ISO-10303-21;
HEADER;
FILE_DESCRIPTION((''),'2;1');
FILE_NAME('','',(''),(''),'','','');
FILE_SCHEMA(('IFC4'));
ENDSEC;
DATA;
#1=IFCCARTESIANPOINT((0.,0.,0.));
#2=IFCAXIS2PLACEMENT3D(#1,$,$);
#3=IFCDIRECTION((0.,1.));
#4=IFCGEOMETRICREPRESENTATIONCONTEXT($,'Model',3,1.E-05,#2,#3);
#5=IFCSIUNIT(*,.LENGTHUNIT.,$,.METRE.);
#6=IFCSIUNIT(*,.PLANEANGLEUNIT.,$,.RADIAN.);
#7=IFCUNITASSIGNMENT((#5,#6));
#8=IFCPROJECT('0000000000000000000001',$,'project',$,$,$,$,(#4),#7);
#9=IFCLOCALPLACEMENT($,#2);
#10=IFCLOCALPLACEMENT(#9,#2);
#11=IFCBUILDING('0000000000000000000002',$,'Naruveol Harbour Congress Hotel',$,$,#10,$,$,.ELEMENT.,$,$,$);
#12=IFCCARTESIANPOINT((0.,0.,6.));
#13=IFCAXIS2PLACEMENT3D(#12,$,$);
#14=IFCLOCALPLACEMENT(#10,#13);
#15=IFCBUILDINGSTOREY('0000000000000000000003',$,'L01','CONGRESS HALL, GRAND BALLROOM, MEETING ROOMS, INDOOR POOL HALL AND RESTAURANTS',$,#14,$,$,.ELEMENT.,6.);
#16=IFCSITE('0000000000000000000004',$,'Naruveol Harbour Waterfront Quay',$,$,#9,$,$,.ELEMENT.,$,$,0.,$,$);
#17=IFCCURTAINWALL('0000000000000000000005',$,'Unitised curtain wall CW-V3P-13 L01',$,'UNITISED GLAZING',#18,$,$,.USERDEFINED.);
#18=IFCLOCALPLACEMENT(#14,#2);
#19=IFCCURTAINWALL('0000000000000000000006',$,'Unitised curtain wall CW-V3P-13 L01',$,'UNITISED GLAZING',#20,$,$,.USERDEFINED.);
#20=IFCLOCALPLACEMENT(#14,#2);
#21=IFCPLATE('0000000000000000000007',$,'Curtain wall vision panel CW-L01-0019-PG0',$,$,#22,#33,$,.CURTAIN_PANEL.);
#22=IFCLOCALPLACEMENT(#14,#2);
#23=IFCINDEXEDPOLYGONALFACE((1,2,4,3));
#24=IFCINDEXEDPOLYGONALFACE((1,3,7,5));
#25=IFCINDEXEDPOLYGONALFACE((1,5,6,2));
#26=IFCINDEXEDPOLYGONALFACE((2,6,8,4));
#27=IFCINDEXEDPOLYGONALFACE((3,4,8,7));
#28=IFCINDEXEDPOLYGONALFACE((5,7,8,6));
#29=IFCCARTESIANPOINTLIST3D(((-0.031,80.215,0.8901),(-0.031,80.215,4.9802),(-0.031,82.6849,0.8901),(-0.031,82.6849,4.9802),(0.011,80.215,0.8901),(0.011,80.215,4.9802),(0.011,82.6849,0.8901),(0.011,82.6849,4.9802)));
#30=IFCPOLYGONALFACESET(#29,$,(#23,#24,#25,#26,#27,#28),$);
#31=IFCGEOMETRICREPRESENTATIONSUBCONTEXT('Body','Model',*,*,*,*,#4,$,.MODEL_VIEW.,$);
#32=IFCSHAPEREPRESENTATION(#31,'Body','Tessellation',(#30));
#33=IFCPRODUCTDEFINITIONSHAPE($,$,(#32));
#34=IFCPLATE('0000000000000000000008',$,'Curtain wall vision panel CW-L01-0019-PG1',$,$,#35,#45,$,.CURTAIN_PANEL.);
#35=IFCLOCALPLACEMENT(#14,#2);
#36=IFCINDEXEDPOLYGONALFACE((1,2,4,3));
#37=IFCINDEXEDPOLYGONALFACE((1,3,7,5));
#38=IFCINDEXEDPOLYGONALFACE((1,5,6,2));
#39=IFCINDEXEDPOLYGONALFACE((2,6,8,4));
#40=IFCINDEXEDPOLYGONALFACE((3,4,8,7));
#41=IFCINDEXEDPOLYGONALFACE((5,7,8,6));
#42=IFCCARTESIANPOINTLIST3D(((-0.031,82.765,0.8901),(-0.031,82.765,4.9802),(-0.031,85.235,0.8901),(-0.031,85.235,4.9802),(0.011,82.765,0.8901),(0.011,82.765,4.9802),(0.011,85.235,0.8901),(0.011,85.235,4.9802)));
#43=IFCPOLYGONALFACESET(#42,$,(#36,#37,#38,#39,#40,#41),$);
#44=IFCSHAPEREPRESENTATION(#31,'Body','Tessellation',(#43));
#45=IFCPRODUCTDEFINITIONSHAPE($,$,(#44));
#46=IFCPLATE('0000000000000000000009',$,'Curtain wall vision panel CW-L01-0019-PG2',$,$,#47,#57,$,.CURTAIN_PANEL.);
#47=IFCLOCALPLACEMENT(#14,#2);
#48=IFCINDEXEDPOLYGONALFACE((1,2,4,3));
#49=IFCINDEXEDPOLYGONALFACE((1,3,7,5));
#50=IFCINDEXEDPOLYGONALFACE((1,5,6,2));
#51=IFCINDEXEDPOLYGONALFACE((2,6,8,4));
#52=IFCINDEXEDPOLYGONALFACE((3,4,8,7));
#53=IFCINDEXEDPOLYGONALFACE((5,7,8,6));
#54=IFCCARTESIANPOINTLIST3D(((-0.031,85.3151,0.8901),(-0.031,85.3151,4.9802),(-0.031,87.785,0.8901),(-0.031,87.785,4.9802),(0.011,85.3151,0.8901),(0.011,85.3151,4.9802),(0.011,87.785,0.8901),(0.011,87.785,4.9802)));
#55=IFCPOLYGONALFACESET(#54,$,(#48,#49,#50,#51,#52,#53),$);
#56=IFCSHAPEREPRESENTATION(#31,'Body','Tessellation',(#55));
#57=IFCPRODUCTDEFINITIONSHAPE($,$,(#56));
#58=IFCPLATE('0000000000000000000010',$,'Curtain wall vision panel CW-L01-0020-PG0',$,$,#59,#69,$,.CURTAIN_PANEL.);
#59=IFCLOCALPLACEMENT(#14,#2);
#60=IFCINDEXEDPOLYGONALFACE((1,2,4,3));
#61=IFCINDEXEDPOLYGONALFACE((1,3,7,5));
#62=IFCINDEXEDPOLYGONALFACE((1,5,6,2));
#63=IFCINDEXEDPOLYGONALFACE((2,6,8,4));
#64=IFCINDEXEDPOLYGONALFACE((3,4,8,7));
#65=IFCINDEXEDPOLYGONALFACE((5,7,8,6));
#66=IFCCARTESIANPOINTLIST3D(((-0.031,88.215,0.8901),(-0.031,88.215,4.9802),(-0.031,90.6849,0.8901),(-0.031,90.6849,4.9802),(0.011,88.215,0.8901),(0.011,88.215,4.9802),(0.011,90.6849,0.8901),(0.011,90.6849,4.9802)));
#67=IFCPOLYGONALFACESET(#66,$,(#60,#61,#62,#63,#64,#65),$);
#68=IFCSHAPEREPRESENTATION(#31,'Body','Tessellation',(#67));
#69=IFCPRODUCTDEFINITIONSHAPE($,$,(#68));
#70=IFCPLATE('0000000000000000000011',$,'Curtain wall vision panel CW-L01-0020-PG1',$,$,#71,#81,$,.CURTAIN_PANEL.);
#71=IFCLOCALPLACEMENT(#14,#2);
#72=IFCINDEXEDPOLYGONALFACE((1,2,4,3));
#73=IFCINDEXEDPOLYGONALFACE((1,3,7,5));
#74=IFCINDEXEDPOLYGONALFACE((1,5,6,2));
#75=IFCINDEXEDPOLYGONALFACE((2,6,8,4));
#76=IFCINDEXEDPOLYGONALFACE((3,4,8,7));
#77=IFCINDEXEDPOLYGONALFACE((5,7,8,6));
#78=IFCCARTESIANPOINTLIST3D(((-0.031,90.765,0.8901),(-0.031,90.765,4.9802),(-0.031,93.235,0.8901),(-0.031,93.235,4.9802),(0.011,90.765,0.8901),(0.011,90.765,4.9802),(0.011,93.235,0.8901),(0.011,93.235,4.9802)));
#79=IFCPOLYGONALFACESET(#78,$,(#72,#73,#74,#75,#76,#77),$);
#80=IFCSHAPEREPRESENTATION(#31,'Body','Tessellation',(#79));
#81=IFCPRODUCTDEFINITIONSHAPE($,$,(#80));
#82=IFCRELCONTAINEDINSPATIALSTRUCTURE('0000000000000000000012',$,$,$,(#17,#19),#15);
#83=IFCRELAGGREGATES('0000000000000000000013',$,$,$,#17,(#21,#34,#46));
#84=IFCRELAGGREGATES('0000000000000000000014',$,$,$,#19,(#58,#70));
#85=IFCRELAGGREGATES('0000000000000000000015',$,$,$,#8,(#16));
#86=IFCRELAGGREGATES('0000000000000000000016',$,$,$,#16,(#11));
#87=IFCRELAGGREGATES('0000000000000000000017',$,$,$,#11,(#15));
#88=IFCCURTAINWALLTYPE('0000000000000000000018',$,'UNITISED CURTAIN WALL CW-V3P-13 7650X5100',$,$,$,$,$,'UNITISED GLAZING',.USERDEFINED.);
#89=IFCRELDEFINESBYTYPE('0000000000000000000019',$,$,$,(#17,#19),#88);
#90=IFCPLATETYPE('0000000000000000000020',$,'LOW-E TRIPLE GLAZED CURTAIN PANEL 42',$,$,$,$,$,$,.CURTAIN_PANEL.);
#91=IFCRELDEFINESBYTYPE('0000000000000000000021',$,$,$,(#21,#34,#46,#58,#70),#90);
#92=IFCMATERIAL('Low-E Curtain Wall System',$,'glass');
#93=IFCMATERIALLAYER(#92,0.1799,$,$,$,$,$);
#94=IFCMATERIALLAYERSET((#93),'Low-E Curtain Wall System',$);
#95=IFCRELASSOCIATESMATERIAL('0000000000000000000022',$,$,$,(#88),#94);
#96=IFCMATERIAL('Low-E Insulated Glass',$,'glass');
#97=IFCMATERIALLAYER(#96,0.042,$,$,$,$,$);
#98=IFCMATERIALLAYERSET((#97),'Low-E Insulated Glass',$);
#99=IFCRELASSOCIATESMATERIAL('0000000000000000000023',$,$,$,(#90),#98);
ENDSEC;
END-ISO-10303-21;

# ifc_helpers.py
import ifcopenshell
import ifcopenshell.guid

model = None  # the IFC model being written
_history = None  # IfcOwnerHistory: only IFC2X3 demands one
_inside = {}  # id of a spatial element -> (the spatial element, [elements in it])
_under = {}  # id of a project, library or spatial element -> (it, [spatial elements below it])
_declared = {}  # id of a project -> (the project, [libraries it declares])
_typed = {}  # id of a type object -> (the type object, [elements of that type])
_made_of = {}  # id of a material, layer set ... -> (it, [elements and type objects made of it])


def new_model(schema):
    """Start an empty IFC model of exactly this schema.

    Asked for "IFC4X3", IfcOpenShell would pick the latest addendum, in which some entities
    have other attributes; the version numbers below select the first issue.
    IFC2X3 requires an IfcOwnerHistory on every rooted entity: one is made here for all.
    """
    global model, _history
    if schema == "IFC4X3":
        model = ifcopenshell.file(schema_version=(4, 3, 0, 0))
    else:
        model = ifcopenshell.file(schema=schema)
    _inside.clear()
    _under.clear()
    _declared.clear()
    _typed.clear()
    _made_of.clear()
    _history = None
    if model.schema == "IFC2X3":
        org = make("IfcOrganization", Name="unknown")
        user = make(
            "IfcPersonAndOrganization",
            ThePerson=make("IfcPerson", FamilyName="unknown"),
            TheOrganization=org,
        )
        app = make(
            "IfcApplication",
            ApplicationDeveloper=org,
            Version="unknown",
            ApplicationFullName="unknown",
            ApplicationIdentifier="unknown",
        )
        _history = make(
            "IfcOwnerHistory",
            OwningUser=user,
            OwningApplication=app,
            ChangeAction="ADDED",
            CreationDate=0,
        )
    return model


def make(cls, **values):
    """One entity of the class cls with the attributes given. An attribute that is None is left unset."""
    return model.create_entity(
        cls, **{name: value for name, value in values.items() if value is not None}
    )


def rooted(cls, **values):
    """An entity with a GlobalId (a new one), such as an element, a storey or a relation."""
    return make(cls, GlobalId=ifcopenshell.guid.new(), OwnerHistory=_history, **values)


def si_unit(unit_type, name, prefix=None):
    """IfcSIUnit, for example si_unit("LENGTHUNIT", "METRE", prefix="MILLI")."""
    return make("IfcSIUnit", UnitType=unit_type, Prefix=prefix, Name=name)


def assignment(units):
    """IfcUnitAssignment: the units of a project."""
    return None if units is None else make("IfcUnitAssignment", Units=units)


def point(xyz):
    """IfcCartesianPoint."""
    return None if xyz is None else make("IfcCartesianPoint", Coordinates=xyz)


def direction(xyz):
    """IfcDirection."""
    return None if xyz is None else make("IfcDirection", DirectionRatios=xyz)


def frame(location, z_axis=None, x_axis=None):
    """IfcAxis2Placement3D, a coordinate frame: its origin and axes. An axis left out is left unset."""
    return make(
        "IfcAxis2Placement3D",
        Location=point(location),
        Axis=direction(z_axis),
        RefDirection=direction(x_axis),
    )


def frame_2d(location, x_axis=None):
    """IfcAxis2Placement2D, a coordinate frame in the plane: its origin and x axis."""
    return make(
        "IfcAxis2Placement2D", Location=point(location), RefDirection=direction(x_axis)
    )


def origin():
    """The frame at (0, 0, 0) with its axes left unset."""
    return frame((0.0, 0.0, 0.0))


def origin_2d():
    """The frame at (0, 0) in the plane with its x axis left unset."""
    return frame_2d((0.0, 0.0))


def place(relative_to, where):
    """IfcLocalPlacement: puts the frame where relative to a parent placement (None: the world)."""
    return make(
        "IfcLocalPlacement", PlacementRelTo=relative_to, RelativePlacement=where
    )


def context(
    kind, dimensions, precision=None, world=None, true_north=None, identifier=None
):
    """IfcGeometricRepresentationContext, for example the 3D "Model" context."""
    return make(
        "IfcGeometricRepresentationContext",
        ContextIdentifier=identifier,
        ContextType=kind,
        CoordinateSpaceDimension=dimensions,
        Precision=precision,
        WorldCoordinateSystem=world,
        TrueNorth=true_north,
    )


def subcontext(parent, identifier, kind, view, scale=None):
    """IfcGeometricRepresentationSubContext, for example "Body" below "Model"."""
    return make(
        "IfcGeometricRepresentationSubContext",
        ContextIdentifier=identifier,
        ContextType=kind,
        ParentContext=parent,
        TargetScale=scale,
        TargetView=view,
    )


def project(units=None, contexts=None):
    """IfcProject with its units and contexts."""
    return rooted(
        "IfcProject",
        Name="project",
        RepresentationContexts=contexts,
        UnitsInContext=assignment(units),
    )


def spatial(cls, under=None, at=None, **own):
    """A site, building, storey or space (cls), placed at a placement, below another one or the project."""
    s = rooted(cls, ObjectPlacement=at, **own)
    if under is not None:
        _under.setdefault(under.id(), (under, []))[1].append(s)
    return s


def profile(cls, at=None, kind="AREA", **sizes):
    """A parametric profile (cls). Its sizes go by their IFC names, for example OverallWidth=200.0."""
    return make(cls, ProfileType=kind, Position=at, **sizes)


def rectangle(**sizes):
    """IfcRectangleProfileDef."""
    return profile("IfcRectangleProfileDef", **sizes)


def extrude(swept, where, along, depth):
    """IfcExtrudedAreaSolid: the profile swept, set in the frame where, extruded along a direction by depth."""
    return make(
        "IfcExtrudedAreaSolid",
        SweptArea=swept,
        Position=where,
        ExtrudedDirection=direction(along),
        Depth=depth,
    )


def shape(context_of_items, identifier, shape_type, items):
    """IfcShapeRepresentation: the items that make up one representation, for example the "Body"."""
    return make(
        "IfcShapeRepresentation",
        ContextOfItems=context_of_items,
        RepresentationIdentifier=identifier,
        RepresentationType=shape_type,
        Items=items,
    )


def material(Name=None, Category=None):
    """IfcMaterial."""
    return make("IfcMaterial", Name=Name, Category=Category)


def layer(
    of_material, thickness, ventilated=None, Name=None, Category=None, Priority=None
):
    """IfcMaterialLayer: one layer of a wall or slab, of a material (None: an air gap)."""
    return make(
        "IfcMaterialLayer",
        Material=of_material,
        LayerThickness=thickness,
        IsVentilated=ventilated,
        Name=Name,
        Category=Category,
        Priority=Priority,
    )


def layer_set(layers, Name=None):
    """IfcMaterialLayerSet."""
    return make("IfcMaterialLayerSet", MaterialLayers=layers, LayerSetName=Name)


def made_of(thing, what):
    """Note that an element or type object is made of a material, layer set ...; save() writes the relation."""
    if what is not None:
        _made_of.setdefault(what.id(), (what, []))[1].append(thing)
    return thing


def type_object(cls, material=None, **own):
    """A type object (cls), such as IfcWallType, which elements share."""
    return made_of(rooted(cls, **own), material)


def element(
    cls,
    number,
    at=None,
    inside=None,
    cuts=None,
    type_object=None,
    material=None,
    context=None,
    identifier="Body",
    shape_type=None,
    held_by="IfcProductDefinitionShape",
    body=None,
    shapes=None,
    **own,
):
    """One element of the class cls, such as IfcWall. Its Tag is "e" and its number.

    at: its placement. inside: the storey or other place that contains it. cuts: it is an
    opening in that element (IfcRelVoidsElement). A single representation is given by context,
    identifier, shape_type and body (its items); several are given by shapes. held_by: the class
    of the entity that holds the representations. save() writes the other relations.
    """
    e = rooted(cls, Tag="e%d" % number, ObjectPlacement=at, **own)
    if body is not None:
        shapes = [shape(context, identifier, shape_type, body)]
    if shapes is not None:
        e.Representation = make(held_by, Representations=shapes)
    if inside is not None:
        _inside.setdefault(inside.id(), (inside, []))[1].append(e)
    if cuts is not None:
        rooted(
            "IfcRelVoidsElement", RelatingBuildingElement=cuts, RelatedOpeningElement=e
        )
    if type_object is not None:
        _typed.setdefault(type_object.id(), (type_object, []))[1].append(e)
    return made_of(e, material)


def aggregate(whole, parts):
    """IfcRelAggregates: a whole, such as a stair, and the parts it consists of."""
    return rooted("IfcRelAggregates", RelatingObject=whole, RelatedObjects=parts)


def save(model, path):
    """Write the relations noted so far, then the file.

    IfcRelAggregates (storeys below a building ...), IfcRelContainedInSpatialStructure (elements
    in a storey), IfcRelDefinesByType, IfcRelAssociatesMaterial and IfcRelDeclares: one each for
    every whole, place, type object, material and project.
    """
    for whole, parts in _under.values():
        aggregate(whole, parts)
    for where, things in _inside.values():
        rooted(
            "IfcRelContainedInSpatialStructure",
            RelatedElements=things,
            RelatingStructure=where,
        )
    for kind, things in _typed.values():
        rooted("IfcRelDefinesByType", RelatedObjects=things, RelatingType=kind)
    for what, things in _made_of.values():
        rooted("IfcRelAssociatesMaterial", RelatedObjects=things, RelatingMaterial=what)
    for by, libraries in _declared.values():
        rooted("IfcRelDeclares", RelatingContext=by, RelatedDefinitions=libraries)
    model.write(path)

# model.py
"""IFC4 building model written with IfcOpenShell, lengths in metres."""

from ifc_helpers import new_model, si_unit, direction, frame, origin, origin_2d, place, context, subcontext, project, spatial, rectangle, extrude, material, layer, layer_set, type_object, element, aggregate, save


model = new_model("IFC4")

# Units and contexts
model_context = context("Model", 3, precision=1e-05, world=origin(), true_north=direction((0.0, 1.0)))
body_context = subcontext(model_context, "Body", "Model", "MODEL_VIEW")
ifc_project = project(units=[si_unit("LENGTHUNIT", "METRE"), si_unit("PLANEANGLEUNIT", "RADIAN")], contexts=[model_context])

# Site, building, storey
site_placement = place(None, origin())
site = spatial("IfcSite", under=ifc_project, at=site_placement, Name="Naruveol Harbour Waterfront Quay", CompositionType="ELEMENT", RefElevation=0.0)
building_placement = place(site_placement, origin())
building = spatial("IfcBuilding", under=site, at=building_placement, Name="Naruveol Harbour Congress Hotel", CompositionType="ELEMENT")
storey_placement = place(building_placement, frame((0.0, 0.0, 6.0)))
storey = spatial("IfcBuildingStorey", under=building, at=storey_placement, Name="L01", Description="CONGRESS HALL, GRAND BALLROOM, MEETING ROOMS, INDOOR POOL HALL AND RESTAURANTS", CompositionType="ELEMENT", Elevation=6.0)

# Curtain walls
ifc_material_1 = material(Name="Low-E Curtain Wall System", Category="glass")
ifc_layer_1 = layer(ifc_material_1, 0.1799)
ifc_layer_set_1 = layer_set([ifc_layer_1], Name="Low-E Curtain Wall System")
curtain_wall_type = type_object("IfcCurtainWallType", Name="UNITISED CURTAIN WALL CW-V3P-13 7650X5100", ElementType="UNITISED GLAZING", PredefinedType="USERDEFINED", material=ifc_layer_set_1)
curtain_wall_1_placement = place(storey_placement, origin())
curtain_wall_1 = element("IfcCurtainWall", 1, at=curtain_wall_1_placement, inside=storey, type_object=curtain_wall_type, Name="Unitised curtain wall CW-V3P-13 L01", ObjectType="UNITISED GLAZING", PredefinedType="USERDEFINED")
curtain_wall_2_placement = place(storey_placement, origin())
curtain_wall_2 = element("IfcCurtainWall", 2, at=curtain_wall_2_placement, inside=storey, type_object=curtain_wall_type, Name="Unitised curtain wall CW-V3P-13 L01", ObjectType="UNITISED GLAZING", PredefinedType="USERDEFINED")

# Plates
ifc_material_2 = material(Name="Low-E Insulated Glass", Category="glass")
ifc_layer_2 = layer(ifc_material_2, 0.042)
ifc_layer_set_2 = layer_set([ifc_layer_2], Name="Low-E Insulated Glass")
plate_type_1 = type_object("IfcPlateType", Name="LOW-E TRIPLE GLAZED CURTAIN PANEL 42", PredefinedType="CURTAIN_PANEL", material=ifc_layer_set_2)
plate_1_placement = place(storey_placement, frame((-0.01, 81.45, 0.8901), z_axis=(0.0, 0.0, 1.0), x_axis=(0.0, 1.0, 0.0)))
plate_1 = element("IfcPlate", 3, at=plate_1_placement, type_object=plate_type_1, Name="Curtain wall vision panel CW-L01-0019-PG0", PredefinedType="CURTAIN_PANEL", context=body_context, shape_type="SweptSolid", body=[
    extrude(rectangle(XDim=2.47, YDim=0.042, at=origin_2d()), origin(), (0.0, 0.0, 1.0), 4.0901),
])
plate_2_placement = place(storey_placement, frame((-0.01, 84.0, 0.8901), z_axis=(0.0, 0.0, 1.0), x_axis=(0.0, 1.0, 0.0)))
plate_2 = element("IfcPlate", 4, at=plate_2_placement, type_object=plate_type_1, Name="Curtain wall vision panel CW-L01-0019-PG1", PredefinedType="CURTAIN_PANEL", context=body_context, shape_type="SweptSolid", body=[
    extrude(rectangle(XDim=2.47, YDim=0.042, at=origin_2d()), origin(), (0.0, 0.0, 1.0), 4.0901),
])
plate_3_placement = place(storey_placement, frame((-0.01, 86.55, 0.8901), z_axis=(0.0, 0.0, 1.0), x_axis=(0.0, 1.0, 0.0)))
plate_3 = element("IfcPlate", 5, at=plate_3_placement, type_object=plate_type_1, Name="Curtain wall vision panel CW-L01-0019-PG2", PredefinedType="CURTAIN_PANEL", context=body_context, shape_type="SweptSolid", body=[
    extrude(rectangle(XDim=2.47, YDim=0.042, at=origin_2d()), origin(), (0.0, 0.0, 1.0), 4.0901),
])
aggregate(curtain_wall_1, [plate_1, plate_2, plate_3])
plate_4_placement = place(storey_placement, frame((-0.01, 89.45, 0.8901), z_axis=(0.0, 0.0, 1.0), x_axis=(0.0, 1.0, 0.0)))
plate_4 = element("IfcPlate", 6, at=plate_4_placement, type_object=plate_type_1, Name="Curtain wall vision panel CW-L01-0020-PG0", PredefinedType="CURTAIN_PANEL", context=body_context, shape_type="SweptSolid", body=[
    extrude(rectangle(XDim=2.47, YDim=0.042, at=origin_2d()), origin(), (0.0, 0.0, 1.0), 4.0901),
])
plate_5_placement = place(storey_placement, frame((-0.01, 92.0, 0.8901), z_axis=(0.0, 0.0, 1.0), x_axis=(0.0, 1.0, 0.0)))
plate_5 = element("IfcPlate", 7, at=plate_5_placement, type_object=plate_type_1, Name="Curtain wall vision panel CW-L01-0020-PG1", PredefinedType="CURTAIN_PANEL", context=body_context, shape_type="SweptSolid", body=[
    extrude(rectangle(XDim=2.47, YDim=0.042, at=origin_2d()), origin(), (0.0, 0.0, 1.0), 4.0901),
])
aggregate(curtain_wall_2, [plate_4, plate_5])

save(model, "model.ifc")
